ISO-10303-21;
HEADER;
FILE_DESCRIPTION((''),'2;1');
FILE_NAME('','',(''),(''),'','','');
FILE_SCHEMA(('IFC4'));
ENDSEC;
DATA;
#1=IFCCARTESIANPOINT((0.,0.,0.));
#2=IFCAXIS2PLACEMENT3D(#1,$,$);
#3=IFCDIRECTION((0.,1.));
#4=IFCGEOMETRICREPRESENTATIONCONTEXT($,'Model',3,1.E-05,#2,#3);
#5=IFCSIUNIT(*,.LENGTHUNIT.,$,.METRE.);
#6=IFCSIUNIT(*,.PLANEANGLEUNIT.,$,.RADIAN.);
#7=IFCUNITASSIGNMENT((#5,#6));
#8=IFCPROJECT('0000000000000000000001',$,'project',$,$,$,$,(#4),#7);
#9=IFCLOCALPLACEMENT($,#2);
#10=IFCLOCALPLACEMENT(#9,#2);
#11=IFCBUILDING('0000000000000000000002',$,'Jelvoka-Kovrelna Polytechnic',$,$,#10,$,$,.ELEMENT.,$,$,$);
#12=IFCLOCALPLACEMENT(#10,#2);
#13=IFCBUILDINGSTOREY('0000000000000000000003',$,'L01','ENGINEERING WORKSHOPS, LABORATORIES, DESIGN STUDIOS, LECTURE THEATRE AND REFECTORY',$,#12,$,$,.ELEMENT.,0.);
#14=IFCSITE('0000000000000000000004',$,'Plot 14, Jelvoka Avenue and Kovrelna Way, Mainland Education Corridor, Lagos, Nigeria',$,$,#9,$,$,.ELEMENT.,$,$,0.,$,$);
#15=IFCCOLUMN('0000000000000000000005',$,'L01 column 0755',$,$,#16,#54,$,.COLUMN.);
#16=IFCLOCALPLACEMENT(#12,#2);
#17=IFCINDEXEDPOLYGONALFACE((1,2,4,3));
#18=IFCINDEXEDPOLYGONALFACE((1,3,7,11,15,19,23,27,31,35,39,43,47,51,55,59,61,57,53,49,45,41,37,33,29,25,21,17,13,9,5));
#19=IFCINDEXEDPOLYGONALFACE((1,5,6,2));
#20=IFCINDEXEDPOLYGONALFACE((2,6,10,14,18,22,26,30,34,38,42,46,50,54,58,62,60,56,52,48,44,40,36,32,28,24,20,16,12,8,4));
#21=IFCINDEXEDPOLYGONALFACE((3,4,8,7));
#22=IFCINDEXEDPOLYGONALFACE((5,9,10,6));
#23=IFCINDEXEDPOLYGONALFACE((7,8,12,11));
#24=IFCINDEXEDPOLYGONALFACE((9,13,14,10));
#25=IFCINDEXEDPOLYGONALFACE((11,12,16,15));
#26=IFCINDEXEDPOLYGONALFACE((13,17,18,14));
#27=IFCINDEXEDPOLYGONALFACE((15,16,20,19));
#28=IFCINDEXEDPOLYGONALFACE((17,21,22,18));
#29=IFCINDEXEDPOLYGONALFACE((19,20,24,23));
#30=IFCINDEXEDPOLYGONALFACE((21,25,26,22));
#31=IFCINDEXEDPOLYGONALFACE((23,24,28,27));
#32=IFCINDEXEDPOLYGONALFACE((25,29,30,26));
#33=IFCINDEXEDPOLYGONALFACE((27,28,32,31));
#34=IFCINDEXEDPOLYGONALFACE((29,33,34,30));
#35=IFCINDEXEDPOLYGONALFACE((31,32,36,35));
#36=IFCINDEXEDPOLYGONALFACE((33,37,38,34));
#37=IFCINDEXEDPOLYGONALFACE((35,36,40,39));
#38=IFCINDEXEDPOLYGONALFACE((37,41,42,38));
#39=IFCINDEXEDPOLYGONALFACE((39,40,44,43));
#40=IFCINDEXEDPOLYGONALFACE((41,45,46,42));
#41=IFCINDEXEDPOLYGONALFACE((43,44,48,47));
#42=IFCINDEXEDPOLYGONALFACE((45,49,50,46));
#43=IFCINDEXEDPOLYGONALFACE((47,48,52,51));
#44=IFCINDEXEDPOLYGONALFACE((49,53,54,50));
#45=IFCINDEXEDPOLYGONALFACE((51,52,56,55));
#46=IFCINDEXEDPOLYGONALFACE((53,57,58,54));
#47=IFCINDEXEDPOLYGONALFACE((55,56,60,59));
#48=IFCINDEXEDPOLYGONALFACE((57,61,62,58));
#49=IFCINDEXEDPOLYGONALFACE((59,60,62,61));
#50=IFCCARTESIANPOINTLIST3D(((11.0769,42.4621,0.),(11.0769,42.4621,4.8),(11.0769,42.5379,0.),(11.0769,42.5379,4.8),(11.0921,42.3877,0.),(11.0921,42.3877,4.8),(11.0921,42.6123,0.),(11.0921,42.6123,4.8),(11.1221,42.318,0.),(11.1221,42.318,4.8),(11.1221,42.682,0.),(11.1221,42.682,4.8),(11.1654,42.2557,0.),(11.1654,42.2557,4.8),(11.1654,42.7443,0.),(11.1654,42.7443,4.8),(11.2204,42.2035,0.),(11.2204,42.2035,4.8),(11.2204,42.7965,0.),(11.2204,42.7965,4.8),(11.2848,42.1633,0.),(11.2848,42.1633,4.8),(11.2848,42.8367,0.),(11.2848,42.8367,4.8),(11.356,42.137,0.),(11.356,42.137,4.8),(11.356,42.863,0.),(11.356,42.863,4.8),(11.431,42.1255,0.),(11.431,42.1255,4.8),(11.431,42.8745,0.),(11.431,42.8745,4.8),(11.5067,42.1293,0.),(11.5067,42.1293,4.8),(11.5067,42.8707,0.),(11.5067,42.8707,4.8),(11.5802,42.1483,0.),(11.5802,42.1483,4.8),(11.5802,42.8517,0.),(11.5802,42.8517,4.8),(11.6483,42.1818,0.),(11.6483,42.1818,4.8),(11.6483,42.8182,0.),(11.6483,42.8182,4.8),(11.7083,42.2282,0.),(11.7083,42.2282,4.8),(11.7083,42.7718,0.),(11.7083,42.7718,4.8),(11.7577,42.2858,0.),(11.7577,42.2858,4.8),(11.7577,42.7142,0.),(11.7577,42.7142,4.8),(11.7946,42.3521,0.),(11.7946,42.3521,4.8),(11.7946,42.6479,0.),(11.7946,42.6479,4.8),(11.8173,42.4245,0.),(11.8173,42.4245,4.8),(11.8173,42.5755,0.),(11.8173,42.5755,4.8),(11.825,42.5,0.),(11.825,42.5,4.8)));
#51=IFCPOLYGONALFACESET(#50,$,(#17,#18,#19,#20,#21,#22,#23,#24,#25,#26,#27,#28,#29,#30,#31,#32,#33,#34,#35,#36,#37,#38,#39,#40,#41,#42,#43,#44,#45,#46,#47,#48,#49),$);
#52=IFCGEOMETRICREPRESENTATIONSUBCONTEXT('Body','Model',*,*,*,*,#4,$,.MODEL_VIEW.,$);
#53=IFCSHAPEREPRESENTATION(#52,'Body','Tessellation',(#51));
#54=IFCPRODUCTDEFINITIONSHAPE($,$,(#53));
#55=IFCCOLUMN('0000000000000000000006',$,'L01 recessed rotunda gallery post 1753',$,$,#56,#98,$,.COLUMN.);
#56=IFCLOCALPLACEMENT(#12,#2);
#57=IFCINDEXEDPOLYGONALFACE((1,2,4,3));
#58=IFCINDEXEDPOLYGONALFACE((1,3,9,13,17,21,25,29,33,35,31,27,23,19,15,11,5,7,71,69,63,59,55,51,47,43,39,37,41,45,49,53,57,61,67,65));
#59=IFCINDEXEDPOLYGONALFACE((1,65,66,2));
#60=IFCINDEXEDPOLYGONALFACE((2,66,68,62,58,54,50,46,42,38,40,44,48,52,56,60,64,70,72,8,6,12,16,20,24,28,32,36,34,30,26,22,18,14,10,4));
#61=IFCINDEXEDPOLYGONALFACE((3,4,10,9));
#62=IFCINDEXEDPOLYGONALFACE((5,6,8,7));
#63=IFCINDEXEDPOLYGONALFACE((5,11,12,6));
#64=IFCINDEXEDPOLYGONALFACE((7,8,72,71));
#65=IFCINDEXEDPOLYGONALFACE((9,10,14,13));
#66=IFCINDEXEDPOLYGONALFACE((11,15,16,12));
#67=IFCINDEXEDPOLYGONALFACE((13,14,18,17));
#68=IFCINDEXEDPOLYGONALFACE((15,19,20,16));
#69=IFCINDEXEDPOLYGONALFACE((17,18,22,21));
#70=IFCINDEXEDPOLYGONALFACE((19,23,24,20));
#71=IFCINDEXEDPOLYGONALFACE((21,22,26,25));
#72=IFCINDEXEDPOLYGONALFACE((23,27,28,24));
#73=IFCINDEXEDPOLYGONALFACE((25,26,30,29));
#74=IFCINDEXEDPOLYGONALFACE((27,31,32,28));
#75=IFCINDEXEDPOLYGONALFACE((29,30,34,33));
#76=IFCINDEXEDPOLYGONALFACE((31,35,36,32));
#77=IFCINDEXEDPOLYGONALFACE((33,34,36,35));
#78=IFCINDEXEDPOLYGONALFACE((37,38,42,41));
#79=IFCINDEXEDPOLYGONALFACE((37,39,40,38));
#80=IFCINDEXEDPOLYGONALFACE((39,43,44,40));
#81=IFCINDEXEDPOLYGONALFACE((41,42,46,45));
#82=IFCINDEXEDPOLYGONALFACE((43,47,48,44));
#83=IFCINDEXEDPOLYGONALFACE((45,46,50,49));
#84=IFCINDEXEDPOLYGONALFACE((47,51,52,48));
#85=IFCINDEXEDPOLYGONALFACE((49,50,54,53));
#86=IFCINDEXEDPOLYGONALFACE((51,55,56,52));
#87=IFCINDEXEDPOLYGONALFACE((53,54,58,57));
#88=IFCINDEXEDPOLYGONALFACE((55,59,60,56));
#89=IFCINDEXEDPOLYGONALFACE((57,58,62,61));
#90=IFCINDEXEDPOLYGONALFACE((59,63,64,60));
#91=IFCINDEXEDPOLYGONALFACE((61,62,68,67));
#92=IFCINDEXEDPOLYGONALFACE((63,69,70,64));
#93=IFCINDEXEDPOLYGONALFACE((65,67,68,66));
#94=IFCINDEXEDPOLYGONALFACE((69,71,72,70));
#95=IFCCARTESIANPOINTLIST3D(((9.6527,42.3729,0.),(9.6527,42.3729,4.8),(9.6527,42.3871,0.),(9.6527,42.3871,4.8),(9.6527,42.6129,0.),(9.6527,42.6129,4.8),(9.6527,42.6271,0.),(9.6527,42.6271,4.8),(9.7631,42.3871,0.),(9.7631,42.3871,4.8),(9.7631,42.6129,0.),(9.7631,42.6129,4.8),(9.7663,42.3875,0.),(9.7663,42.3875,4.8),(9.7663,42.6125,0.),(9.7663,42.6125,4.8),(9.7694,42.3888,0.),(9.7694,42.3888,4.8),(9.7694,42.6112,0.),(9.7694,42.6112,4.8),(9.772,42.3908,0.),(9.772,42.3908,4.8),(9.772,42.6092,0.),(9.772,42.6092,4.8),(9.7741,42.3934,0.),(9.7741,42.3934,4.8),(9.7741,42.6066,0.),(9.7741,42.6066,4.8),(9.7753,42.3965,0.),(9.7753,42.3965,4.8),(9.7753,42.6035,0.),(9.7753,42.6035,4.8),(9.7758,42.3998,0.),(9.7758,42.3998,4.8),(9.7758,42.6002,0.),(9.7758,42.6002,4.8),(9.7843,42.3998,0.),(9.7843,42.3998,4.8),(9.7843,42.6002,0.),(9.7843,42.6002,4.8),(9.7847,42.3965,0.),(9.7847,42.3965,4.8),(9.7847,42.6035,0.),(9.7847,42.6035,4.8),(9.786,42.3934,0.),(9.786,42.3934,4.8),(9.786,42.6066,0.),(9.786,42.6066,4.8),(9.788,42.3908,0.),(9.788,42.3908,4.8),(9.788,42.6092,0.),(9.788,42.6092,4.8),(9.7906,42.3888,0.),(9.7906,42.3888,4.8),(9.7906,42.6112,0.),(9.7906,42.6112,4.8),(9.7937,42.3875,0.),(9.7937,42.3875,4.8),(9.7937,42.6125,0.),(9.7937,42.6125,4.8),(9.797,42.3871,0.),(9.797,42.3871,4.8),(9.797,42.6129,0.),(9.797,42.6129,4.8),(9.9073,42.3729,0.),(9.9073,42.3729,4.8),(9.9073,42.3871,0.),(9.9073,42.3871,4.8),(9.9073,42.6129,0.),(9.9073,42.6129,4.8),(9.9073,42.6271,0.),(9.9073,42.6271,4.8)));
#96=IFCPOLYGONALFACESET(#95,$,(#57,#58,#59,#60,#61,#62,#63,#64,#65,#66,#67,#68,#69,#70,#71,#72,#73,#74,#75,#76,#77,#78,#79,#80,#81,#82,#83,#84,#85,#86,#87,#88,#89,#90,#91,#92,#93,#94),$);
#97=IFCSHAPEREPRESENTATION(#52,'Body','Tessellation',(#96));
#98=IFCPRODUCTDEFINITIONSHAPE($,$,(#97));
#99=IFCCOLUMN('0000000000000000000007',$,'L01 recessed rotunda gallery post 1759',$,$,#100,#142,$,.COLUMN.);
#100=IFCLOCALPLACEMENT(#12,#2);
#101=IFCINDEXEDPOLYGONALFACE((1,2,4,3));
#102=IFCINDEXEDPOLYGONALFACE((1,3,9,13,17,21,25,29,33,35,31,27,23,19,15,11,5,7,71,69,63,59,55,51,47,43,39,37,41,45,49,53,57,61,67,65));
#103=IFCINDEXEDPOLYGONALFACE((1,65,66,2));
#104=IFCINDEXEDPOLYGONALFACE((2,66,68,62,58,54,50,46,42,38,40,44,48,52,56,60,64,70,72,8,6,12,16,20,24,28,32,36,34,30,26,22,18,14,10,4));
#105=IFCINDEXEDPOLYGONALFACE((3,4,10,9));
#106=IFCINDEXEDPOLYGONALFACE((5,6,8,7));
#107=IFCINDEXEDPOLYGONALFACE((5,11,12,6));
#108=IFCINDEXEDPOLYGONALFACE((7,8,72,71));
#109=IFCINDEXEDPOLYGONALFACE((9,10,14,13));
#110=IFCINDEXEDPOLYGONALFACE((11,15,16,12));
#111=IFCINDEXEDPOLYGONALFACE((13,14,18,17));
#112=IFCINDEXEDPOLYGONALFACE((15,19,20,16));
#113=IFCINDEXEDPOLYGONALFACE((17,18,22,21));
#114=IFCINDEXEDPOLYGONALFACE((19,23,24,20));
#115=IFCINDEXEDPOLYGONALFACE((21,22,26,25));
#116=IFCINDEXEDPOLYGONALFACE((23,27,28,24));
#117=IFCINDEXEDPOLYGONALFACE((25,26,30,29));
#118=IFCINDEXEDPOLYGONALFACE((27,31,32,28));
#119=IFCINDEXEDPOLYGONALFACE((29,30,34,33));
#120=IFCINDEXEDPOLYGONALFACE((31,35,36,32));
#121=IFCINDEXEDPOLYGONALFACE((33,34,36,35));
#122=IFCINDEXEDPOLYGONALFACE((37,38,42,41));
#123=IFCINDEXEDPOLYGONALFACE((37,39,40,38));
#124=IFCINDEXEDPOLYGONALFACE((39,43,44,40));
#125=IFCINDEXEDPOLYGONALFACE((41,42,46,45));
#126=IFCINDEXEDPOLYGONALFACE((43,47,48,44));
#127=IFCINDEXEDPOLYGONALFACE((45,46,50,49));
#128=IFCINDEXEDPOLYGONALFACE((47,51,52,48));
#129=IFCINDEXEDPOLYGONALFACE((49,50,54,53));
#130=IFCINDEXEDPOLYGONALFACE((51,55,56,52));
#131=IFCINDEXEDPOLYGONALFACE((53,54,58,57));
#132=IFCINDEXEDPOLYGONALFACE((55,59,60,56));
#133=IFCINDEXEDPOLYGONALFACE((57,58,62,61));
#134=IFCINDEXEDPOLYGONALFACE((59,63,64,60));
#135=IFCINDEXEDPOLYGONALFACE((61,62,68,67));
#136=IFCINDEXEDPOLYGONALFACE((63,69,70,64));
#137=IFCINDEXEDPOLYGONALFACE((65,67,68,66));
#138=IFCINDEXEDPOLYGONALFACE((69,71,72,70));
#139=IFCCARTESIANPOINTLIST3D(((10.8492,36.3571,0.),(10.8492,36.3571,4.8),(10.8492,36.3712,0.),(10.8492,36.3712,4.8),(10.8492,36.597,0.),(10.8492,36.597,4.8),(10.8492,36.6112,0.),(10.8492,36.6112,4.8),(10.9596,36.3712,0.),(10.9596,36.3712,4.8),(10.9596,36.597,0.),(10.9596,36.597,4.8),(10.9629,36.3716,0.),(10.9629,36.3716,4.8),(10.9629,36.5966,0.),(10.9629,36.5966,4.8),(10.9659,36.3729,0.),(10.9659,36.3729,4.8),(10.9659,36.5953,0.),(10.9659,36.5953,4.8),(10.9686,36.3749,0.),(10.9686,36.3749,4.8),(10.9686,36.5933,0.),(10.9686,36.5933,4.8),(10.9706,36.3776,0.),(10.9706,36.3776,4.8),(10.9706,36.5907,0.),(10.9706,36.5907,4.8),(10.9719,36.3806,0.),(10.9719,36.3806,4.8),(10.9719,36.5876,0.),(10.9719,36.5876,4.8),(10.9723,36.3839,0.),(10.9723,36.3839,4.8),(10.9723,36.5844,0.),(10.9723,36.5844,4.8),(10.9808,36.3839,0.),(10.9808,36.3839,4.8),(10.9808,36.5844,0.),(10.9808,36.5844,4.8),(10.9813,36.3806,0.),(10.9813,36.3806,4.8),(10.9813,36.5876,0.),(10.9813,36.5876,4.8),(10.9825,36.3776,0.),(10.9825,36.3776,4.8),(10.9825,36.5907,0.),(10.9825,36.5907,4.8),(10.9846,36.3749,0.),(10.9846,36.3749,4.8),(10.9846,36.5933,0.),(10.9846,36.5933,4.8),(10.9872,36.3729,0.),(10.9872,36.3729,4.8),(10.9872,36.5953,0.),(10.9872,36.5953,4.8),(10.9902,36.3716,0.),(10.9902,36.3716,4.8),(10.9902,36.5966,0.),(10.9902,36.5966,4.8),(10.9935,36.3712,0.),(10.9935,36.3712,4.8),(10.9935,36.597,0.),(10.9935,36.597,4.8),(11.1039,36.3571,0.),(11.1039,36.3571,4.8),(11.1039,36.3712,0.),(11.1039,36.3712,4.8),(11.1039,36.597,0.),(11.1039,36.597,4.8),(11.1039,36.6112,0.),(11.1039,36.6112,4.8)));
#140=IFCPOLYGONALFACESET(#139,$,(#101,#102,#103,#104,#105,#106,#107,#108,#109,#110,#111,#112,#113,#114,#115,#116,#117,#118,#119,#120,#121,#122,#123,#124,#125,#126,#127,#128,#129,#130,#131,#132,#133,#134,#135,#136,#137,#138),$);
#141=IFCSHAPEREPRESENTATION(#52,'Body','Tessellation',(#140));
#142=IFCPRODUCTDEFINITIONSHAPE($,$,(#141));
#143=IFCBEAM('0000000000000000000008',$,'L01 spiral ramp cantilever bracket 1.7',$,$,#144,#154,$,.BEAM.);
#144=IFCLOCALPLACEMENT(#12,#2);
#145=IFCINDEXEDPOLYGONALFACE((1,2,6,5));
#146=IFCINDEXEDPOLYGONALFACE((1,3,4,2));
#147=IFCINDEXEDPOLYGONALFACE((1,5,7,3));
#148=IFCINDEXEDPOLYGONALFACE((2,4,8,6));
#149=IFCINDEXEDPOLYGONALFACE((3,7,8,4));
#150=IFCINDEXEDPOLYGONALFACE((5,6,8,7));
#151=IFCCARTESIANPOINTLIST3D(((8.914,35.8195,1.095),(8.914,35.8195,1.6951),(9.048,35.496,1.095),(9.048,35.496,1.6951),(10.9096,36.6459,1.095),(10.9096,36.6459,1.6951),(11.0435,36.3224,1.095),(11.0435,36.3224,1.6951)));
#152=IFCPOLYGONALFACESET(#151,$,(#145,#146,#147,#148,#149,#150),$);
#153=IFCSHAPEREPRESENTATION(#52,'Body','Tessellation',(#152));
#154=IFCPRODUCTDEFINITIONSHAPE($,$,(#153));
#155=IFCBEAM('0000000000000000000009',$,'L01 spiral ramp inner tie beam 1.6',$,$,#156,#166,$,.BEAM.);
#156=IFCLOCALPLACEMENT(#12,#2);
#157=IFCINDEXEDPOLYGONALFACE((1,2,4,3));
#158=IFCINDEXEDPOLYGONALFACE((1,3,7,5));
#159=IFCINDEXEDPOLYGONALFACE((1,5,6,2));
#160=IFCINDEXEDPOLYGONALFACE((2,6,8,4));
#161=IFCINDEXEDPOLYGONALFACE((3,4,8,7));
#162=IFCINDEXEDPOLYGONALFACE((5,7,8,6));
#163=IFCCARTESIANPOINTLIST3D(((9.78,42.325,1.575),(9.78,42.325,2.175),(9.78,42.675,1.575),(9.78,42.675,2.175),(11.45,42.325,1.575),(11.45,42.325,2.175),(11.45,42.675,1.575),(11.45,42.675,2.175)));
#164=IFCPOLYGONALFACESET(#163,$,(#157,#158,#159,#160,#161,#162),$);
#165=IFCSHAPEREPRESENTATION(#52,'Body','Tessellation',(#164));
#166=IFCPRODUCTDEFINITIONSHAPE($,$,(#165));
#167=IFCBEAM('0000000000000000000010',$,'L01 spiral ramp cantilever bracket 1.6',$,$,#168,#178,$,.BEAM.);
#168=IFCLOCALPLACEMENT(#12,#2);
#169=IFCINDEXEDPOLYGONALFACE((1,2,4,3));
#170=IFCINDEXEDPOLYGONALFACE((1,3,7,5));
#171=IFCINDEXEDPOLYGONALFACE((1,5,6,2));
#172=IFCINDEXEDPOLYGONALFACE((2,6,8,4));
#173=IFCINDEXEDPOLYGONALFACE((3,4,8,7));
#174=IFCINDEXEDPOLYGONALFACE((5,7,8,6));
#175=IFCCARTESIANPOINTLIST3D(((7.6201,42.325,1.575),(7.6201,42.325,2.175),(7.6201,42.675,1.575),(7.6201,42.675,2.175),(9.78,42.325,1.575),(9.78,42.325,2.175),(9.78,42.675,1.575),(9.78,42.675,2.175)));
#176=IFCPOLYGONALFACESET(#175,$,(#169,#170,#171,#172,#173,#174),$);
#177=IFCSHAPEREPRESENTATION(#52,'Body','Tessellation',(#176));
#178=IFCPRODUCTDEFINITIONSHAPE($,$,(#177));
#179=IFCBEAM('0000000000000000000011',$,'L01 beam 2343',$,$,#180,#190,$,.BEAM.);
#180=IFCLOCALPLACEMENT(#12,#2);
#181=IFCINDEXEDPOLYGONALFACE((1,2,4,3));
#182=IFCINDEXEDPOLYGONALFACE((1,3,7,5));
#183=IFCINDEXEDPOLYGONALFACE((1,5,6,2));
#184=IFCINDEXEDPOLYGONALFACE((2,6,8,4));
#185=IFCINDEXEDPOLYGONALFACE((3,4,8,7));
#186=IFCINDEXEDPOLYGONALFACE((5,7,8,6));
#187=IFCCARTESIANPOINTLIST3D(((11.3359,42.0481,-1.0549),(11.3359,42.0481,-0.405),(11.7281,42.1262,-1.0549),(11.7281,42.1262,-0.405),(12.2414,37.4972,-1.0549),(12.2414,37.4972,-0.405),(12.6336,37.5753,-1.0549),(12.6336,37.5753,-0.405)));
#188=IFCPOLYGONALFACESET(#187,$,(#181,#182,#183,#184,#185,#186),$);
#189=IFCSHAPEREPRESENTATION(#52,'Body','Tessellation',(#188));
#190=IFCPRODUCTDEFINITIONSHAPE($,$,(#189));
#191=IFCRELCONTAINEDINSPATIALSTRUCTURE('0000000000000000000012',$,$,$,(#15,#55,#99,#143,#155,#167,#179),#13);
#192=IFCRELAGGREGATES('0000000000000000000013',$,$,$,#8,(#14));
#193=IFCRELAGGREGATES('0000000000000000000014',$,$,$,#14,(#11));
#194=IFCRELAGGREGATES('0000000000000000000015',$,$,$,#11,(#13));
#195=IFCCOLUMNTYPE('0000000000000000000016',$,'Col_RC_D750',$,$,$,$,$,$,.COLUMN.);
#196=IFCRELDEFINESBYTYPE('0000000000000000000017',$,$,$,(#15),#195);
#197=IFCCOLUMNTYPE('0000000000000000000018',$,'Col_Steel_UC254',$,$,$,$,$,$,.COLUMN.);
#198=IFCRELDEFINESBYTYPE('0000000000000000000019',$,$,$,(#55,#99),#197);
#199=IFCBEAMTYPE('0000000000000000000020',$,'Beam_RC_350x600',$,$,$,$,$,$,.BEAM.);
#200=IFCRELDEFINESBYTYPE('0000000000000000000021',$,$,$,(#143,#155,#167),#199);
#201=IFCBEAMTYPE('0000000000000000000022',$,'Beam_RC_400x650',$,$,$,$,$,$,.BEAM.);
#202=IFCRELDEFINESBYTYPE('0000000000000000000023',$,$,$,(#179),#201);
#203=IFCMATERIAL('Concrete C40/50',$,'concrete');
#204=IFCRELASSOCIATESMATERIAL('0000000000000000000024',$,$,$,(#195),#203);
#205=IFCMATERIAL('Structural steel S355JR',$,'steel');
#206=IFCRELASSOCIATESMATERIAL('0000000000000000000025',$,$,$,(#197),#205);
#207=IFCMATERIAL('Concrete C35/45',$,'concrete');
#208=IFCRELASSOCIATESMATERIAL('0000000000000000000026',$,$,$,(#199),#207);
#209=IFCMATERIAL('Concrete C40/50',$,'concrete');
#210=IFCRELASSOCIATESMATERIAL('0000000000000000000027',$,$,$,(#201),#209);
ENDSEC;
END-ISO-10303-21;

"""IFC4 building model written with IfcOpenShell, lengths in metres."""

from ifc_helpers import new_model, si_unit, direction, frame, origin, origin_2d, place, context, subcontext, project, spatial, rectangle, circle, i_section, extrude, material, material_profile, profile_set, type_object, element, save


model = new_model("IFC4")

# Units and contexts
model_context = context("Model", 3, precision=1e-05, world=origin(), true_north=direction((0.0, 1.0)))
body_context = subcontext(model_context, "Body", "Model", "MODEL_VIEW")
ifc_project = project(units=[si_unit("LENGTHUNIT", "METRE"), si_unit("PLANEANGLEUNIT", "RADIAN")], contexts=[model_context])

# Site, building, storey
site_placement = place(None, origin())
site = spatial("IfcSite", under=ifc_project, at=site_placement, Name="Plot 14, Jelvoka Avenue and Kovrelna Way, Mainland Education Corridor, Lagos, Nigeria", CompositionType="ELEMENT", RefElevation=0.0)
building_placement = place(site_placement, origin())
building = spatial("IfcBuilding", under=site, at=building_placement, Name="Jelvoka-Kovrelna Polytechnic", CompositionType="ELEMENT")
storey_placement = place(building_placement, origin())
storey = spatial("IfcBuildingStorey", under=building, at=storey_placement, Name="L01", Description="ENGINEERING WORKSHOPS, LABORATORIES, DESIGN STUDIOS, LECTURE THEATRE AND REFECTORY", CompositionType="ELEMENT", Elevation=0.0)

# Columns
ifc_material_1 = material(Name="Concrete C40/50", Category="concrete")
ifc_material_profile_1 = material_profile(ifc_material_1, circle(Radius=0.375, at=origin_2d()), Name="RC D750")
ifc_profile_set_1 = profile_set([ifc_material_profile_1], Name="Concrete C40/50")
column_type_1 = type_object("IfcColumnType", Name="Col_RC_D750", PredefinedType="COLUMN", material=ifc_profile_set_1)
column_placement = place(storey_placement, frame((11.45, 42.5, 0.0), z_axis=(0.0, 0.0, 1.0), x_axis=(1.0, 0.0, 0.0)))
element("IfcColumn", 1, at=column_placement, inside=storey, type_object=column_type_1, Name="L01 column 0755", PredefinedType="COLUMN", context=body_context, shape_type="SweptSolid", body=[
    extrude(circle(Radius=0.375, at=origin_2d()), origin(), (0.0, 0.0, 1.0), 4.8),
])
ifc_material_2 = material(Name="Structural steel S355JR", Category="steel")
ifc_material_profile_2 = material_profile(ifc_material_2, i_section(OverallWidth=0.2546, OverallDepth=0.2542, WebThickness=0.0085, FlangeThickness=0.0142, FilletRadius=0.0127, at=origin_2d()), Name="254x254x73 UC")
ifc_profile_set_2 = profile_set([ifc_material_profile_2], Name="Structural steel S355JR")
column_type_2 = type_object("IfcColumnType", Name="Col_Steel_UC254", PredefinedType="COLUMN", material=ifc_profile_set_2)
for number, where, z_axis, x_axis, name in (
    (2, (9.78, 42.5, 0.0), (0.0, 0.0, 1.0), (1.0, 0.0, 0.0), "L01 recessed rotunda gallery post 1753"),
    (3, (10.9766, 36.4841, 0.0), (0.0, 0.0, 1.0), (1.0, 0.0, 0.0), "L01 recessed rotunda gallery post 1759"),
):
    element("IfcColumn", number, at=place(storey_placement, frame(where, z_axis=z_axis, x_axis=x_axis)), inside=storey, type_object=column_type_2, Name=name, PredefinedType="COLUMN", context=body_context, shape_type="SweptSolid", body=[
        extrude(i_section(OverallWidth=0.2546, OverallDepth=0.2542, WebThickness=0.0085, FlangeThickness=0.0142, FilletRadius=0.0127, at=origin_2d()), origin(), (0.0, 0.0, 1.0), 4.8),
    ])

# Beams
ifc_material_3 = material(Name="Concrete C35/45", Category="concrete")
ifc_material_profile_3 = material_profile(ifc_material_3, rectangle(XDim=0.3501, YDim=0.6001, at=origin_2d()), Name="RC 350x600")
ifc_profile_set_3 = profile_set([ifc_material_profile_3], Name="Concrete C35/45")
beam_type_1 = type_object("IfcBeamType", Name="Beam_RC_350x600", PredefinedType="BEAM", material=ifc_profile_set_3)
beam_1_placement = place(storey_placement, frame((10.9766, 36.4841, 1.395), z_axis=(-0.923911, -0.382608, 0.0), x_axis=(0.382608, -0.923911, 0.0)))
element("IfcBeam", 4, at=beam_1_placement, inside=storey, type_object=beam_type_1, Name="L01 spiral ramp cantilever bracket 1.7", PredefinedType="BEAM", context=body_context, shape_type="SweptSolid", body=[
    extrude(rectangle(XDim=0.3501, YDim=0.6001, at=origin_2d()), origin(), (0.0, 0.0, 1.0), 2.1599),
])
beam_2_placement = place(storey_placement, frame((11.45, 42.5, 1.875), z_axis=(-1.0, 0.0, 0.0), x_axis=(0.0, -1.0, 0.0)))
element("IfcBeam", 5, at=beam_2_placement, inside=storey, type_object=beam_type_1, Name="L01 spiral ramp inner tie beam 1.6", PredefinedType="BEAM", context=body_context, shape_type="SweptSolid", body=[
    extrude(rectangle(XDim=0.3501, YDim=0.6001, at=origin_2d()), origin(), (0.0, 0.0, 1.0), 1.6699),
])
beam_3_placement = place(storey_placement, frame((9.78, 42.5, 1.875), z_axis=(-1.0, 0.0, 0.0), x_axis=(0.0, -1.0, 0.0)))
element("IfcBeam", 6, at=beam_3_placement, inside=storey, type_object=beam_type_1, Name="L01 spiral ramp cantilever bracket 1.6", PredefinedType="BEAM", context=body_context, shape_type="SweptSolid", body=[
    extrude(rectangle(XDim=0.3501, YDim=0.6001, at=origin_2d()), origin(), (0.0, 0.0, 1.0), 2.1599),
])
ifc_material_4 = material(Name="Concrete C40/50", Category="concrete")
ifc_material_profile_4 = material_profile(ifc_material_4, rectangle(XDim=0.3999, YDim=0.6499, at=origin_2d()), Name="RC 400x650")
ifc_profile_set_4 = profile_set([ifc_material_profile_4], Name="Concrete C40/50")
beam_type_2 = type_object("IfcBeamType", Name="Beam_RC_400x650", PredefinedType="BEAM", material=ifc_profile_set_4)
beam_4_placement = place(storey_placement, frame((11.532, 42.0872, -0.73), z_axis=(0.195145, -0.980774, 0.0), x_axis=(0.980774, 0.195145, 0.0)))
element("IfcBeam", 7, at=beam_4_placement, inside=storey, type_object=beam_type_2, Name="L01 beam 2343", PredefinedType="BEAM", context=body_context, shape_type="SweptSolid", body=[
    extrude(rectangle(XDim=0.3999, YDim=0.6499, at=origin_2d()), origin(), (0.0, 0.0, 1.0), 4.6401),
])

save(model, "model.ifc")
